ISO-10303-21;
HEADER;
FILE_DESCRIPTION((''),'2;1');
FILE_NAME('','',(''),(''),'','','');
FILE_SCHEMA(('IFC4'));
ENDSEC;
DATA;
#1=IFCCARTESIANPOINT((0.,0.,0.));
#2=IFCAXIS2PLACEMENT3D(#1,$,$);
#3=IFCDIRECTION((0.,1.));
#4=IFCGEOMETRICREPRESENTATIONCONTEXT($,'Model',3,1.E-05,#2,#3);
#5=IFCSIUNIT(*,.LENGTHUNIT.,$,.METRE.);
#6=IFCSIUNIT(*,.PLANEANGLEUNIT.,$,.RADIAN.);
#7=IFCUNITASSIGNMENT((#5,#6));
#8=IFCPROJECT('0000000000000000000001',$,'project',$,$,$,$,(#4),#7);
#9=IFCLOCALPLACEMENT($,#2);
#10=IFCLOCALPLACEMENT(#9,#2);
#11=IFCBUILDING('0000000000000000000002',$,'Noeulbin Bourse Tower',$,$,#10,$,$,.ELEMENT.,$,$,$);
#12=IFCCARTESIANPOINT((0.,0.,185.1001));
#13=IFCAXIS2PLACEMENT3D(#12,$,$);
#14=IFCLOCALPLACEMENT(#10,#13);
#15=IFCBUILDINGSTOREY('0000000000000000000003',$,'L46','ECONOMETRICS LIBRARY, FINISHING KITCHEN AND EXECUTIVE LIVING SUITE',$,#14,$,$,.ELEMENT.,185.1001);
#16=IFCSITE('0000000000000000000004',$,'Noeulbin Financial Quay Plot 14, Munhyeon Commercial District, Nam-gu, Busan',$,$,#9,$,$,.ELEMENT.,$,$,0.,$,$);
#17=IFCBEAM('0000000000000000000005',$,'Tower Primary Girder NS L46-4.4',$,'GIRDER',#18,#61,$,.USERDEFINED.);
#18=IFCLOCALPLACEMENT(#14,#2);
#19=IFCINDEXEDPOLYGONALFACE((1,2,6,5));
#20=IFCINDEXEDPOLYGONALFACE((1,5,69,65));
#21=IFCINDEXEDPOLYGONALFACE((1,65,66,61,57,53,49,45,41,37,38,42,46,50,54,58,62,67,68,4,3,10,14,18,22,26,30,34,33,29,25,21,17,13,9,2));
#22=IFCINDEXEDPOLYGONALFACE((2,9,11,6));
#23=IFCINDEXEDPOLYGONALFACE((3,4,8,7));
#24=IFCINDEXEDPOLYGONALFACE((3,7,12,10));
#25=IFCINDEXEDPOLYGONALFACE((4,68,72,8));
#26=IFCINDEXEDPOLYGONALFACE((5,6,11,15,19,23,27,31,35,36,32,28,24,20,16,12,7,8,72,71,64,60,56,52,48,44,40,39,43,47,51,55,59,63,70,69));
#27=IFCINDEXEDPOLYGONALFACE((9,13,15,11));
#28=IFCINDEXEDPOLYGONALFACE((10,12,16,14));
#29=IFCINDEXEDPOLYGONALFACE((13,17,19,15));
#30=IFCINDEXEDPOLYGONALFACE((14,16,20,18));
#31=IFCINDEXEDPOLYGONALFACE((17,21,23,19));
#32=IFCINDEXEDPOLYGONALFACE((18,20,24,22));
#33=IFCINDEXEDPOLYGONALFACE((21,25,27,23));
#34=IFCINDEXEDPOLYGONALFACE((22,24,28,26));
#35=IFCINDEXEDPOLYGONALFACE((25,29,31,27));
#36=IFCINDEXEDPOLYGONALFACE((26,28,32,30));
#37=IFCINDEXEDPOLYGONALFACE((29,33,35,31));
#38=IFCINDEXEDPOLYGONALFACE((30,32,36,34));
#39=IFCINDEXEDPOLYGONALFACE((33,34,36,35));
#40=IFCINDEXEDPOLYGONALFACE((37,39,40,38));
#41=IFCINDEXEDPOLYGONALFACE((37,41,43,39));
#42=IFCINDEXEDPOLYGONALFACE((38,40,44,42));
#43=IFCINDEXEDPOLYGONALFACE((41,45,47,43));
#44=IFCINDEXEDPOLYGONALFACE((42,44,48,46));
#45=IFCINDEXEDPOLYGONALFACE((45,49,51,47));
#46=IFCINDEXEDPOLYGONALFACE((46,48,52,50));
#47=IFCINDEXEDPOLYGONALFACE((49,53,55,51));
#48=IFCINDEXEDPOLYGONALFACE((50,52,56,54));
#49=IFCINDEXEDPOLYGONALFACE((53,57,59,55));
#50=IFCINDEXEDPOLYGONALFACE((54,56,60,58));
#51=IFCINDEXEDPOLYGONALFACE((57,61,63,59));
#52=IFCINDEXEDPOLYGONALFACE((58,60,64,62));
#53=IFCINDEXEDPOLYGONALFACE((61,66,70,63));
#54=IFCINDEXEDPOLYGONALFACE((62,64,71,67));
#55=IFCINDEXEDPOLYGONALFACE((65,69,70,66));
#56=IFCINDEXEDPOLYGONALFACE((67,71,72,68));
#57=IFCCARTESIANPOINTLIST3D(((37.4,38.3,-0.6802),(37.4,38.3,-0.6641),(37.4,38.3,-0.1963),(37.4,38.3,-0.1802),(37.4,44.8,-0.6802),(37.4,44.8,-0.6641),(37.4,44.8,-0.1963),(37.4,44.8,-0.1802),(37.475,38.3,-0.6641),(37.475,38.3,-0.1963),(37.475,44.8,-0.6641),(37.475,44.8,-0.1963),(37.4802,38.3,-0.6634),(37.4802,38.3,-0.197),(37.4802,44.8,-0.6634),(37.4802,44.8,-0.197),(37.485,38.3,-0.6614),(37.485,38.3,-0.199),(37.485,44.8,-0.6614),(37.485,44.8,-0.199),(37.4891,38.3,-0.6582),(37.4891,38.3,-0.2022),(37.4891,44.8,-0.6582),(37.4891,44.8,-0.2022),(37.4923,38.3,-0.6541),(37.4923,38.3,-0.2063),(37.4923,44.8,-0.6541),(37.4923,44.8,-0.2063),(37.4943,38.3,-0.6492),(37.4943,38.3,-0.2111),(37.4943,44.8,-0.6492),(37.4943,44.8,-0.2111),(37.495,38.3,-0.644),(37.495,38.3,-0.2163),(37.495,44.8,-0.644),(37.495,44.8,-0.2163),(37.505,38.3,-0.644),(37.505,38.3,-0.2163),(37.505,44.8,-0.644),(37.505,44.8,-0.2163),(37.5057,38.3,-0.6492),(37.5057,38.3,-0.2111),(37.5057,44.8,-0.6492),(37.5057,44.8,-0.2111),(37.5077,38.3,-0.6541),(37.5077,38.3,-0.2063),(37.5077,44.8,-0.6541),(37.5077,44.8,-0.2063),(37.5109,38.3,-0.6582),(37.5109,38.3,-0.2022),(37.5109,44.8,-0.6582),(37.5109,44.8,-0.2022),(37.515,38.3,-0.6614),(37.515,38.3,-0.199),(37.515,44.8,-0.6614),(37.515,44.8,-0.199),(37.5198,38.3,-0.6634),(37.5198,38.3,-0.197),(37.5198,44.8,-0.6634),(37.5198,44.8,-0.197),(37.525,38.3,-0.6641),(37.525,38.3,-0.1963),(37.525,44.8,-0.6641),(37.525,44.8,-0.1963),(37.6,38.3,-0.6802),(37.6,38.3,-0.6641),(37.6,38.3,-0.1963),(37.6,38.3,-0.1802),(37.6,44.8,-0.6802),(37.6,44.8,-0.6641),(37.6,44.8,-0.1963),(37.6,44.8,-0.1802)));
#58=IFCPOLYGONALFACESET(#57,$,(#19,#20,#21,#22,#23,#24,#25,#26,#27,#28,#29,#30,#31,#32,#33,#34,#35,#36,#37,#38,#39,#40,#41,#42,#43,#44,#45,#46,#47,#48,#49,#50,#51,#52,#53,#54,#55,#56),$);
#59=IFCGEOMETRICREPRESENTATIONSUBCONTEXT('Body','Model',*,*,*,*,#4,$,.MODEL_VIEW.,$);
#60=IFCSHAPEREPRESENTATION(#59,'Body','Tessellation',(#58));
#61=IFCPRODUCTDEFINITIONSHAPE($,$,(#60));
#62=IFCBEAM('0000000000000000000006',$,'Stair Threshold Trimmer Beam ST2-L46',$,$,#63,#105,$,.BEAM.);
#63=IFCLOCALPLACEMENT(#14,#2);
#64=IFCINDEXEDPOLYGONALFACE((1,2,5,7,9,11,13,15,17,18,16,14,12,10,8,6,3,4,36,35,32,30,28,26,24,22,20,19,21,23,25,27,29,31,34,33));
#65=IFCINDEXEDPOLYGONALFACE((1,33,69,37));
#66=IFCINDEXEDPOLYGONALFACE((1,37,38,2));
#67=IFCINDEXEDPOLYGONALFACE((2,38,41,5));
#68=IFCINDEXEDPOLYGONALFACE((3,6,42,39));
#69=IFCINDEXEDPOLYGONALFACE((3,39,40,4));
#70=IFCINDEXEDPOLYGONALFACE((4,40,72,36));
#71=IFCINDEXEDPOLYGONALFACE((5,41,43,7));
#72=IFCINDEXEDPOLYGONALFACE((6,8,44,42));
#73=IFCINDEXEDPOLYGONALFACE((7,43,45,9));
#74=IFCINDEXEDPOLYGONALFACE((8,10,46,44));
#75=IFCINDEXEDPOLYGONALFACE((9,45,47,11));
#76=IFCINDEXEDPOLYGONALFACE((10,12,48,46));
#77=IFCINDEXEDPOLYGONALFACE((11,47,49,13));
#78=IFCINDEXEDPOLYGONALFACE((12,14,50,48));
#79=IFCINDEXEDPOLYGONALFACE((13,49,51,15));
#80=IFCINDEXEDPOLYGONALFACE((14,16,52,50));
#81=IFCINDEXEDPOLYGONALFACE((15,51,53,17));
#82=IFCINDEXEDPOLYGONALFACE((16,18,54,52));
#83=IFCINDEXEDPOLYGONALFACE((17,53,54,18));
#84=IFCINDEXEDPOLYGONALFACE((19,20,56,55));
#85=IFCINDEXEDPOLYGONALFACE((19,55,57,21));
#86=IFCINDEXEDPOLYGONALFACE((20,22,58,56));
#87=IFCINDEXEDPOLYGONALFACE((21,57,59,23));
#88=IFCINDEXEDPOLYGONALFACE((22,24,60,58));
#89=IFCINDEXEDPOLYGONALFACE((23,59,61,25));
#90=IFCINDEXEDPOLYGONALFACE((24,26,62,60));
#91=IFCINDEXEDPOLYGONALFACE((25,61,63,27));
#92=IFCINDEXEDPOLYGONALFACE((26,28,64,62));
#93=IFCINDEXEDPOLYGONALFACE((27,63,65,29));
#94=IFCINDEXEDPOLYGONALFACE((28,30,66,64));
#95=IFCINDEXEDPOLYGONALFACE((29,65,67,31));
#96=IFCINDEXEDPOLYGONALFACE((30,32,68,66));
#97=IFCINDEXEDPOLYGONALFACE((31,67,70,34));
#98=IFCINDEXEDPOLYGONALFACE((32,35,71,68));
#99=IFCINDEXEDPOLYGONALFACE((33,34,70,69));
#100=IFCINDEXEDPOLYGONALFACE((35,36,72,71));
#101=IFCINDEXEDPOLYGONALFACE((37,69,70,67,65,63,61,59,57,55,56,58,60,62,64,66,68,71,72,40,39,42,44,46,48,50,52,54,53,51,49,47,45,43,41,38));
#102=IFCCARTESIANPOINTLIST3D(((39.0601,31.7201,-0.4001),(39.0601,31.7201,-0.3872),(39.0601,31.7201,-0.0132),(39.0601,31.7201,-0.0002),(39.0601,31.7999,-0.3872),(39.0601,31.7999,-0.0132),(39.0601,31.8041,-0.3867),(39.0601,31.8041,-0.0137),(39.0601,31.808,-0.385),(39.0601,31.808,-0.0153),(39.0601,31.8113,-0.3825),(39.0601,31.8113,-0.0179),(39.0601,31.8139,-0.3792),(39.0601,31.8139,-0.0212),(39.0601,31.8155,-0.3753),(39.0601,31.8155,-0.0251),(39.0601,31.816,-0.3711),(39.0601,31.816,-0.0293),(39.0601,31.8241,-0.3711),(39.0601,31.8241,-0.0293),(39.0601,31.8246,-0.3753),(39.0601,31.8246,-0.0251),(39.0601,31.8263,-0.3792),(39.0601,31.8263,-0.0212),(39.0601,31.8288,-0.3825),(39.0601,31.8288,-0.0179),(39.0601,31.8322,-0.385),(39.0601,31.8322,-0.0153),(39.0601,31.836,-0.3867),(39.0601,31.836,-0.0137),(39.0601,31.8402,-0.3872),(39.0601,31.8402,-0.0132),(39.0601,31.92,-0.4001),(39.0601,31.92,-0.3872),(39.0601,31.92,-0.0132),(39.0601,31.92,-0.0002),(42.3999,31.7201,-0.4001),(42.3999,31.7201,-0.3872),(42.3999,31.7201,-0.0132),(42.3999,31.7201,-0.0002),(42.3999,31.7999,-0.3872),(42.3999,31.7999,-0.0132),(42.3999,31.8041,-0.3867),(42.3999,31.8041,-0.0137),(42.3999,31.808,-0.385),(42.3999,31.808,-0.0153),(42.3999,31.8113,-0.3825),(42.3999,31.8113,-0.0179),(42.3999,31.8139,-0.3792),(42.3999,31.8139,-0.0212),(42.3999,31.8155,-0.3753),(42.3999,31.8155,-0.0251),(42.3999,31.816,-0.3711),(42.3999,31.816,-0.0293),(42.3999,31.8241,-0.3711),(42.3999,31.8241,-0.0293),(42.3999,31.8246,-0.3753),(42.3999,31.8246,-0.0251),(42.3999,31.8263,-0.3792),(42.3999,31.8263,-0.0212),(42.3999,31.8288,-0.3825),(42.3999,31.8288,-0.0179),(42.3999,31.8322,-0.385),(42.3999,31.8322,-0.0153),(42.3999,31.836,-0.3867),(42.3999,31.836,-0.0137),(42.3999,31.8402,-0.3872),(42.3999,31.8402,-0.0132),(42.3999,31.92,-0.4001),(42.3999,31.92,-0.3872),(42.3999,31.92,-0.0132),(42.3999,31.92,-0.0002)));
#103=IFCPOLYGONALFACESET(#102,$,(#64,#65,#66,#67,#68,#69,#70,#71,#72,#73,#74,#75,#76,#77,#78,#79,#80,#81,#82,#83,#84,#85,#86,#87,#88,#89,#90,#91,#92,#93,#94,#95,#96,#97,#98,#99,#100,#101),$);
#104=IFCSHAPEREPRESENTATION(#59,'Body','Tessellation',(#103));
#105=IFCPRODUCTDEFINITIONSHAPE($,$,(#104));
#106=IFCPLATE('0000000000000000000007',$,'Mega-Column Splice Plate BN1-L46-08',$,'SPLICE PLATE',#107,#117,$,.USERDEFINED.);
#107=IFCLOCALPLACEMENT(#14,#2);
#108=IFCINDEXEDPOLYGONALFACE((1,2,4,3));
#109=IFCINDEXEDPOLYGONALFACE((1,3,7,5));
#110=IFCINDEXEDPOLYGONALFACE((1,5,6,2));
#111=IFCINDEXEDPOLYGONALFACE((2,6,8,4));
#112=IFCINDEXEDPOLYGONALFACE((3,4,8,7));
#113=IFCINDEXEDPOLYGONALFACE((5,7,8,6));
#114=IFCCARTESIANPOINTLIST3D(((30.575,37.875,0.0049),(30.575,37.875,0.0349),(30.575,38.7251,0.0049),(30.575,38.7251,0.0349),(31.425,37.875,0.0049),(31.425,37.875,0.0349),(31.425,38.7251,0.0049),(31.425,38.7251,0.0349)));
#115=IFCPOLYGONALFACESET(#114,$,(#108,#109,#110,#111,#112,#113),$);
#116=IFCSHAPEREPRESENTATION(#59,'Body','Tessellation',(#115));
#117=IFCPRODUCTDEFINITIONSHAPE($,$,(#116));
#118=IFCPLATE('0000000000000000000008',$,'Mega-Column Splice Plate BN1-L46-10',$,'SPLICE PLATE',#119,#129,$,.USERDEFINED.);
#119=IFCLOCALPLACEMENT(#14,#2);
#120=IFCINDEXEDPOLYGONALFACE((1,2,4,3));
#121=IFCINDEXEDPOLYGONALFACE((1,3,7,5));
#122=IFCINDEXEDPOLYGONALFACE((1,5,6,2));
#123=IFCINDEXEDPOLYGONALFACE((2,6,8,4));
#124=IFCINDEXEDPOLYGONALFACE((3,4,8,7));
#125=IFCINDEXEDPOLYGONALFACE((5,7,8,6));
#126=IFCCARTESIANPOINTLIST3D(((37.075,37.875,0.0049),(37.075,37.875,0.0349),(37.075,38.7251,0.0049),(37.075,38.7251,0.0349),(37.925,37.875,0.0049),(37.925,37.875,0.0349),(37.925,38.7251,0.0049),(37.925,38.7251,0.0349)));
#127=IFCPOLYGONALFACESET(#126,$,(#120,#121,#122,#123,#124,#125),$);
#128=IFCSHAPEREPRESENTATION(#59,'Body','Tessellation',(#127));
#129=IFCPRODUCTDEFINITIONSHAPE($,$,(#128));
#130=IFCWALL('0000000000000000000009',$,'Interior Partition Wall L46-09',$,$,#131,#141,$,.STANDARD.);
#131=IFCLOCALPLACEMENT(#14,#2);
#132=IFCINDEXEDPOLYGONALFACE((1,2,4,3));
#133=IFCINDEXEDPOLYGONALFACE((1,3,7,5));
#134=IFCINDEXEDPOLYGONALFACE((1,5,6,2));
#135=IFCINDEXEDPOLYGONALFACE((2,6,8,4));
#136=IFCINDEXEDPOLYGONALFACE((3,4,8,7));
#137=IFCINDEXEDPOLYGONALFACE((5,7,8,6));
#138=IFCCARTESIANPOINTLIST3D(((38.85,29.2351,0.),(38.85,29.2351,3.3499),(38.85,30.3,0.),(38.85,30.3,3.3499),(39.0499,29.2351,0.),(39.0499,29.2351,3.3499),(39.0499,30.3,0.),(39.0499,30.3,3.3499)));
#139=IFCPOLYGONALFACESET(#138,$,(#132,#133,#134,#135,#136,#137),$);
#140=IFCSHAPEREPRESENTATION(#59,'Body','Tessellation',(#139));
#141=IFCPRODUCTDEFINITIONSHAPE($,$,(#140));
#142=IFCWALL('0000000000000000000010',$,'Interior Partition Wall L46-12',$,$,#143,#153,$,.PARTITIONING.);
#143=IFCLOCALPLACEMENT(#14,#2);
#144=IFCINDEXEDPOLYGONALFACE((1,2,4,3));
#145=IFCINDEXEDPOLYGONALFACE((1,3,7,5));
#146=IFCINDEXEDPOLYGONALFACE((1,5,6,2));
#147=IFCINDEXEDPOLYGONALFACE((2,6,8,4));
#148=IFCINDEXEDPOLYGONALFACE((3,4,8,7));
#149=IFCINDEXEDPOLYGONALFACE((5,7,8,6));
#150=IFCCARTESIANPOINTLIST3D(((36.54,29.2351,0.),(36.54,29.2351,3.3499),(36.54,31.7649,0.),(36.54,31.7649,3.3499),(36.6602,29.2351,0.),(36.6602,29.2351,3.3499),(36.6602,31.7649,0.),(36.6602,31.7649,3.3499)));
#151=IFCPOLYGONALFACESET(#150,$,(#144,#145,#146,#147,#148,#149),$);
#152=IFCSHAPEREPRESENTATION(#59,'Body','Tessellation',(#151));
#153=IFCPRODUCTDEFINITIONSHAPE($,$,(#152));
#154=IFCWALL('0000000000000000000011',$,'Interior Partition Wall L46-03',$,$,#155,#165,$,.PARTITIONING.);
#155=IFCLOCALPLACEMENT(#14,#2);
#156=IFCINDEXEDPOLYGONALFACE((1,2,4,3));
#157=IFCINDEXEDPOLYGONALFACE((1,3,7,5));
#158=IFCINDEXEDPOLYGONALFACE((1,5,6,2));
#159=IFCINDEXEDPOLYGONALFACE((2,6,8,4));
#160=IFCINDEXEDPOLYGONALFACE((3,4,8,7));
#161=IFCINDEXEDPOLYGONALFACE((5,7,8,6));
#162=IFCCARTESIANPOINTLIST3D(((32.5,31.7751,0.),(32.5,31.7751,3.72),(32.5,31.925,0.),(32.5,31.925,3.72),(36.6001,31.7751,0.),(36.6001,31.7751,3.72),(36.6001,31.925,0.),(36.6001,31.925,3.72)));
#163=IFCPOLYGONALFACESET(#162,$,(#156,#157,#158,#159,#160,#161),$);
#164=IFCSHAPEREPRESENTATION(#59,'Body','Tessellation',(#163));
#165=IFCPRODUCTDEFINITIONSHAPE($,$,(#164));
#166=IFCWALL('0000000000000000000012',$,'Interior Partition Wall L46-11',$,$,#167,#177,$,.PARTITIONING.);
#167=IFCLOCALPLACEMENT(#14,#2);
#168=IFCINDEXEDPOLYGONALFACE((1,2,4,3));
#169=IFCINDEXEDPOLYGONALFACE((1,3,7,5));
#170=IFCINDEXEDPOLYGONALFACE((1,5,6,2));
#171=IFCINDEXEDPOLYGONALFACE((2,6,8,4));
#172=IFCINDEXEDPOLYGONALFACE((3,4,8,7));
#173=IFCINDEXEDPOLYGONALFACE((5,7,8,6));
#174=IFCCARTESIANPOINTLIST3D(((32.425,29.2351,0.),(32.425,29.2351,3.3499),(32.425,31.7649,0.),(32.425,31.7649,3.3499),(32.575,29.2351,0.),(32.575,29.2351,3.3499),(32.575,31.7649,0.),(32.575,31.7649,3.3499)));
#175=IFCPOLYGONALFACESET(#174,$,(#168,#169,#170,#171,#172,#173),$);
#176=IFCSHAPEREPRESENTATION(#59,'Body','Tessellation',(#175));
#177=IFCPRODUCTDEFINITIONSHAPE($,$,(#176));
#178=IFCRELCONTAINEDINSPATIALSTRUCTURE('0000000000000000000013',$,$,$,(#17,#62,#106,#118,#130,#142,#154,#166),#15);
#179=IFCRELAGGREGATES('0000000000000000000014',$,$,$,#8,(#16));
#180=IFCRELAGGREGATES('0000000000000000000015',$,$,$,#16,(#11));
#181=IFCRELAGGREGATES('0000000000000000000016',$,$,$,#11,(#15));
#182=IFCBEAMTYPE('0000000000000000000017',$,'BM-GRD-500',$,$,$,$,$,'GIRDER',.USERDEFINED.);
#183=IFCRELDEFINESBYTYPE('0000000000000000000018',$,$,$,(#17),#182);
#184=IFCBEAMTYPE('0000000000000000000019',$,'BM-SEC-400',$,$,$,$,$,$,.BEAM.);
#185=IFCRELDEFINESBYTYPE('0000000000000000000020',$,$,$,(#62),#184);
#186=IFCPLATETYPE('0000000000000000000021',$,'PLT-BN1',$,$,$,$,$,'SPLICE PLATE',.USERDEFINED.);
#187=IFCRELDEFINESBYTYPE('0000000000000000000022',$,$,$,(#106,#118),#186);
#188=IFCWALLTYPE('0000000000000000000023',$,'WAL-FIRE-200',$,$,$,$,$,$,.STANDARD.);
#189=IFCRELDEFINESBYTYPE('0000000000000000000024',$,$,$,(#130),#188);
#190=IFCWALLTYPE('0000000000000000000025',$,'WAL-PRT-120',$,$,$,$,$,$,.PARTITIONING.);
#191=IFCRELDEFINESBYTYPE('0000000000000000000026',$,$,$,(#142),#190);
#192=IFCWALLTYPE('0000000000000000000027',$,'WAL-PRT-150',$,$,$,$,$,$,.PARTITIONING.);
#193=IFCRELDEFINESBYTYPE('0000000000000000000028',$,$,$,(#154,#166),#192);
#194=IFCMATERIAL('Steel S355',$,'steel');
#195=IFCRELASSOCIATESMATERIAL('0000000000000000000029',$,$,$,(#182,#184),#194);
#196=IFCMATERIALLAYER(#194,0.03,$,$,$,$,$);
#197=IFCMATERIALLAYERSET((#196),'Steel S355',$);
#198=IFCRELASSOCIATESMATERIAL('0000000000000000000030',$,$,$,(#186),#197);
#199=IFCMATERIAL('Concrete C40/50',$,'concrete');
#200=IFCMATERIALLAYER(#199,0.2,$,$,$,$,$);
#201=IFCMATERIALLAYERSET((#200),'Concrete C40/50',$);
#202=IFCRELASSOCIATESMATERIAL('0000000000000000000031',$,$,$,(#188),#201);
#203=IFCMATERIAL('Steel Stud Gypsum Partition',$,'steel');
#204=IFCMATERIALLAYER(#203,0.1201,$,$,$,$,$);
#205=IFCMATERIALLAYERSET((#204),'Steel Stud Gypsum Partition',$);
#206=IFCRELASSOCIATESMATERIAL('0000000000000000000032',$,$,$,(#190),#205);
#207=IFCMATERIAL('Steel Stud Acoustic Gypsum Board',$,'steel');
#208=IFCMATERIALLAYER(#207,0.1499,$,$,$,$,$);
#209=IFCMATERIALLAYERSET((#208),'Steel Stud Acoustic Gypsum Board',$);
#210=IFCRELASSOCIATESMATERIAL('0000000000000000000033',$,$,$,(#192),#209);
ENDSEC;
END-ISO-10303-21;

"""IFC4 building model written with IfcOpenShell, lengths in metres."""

from ifc_helpers import new_model, si_unit, direction, frame, frame_2d, origin, origin_2d, place, context, subcontext, project, spatial, rectangle, i_section, extrude, material, layer, layer_set, material_profile, profile_set, type_object, element, save


model = new_model("IFC4")

# Units and contexts
model_context = context("Model", 3, precision=1e-05, world=origin(), true_north=direction((0.0, 1.0)))
body_context = subcontext(model_context, "Body", "Model", "MODEL_VIEW")
ifc_project = project(units=[si_unit("LENGTHUNIT", "METRE"), si_unit("PLANEANGLEUNIT", "RADIAN")], contexts=[model_context])

# Site, building, storey
site_placement = place(None, origin())
site = spatial("IfcSite", under=ifc_project, at=site_placement, Name="Noeulbin Financial Quay Plot 14, Munhyeon Commercial District, Nam-gu, Busan", CompositionType="ELEMENT", RefElevation=0.0)
building_placement = place(site_placement, origin())
building = spatial("IfcBuilding", under=site, at=building_placement, Name="Noeulbin Bourse Tower", CompositionType="ELEMENT")
storey_placement = place(building_placement, frame((0.0, 0.0, 185.1001)))
storey = spatial("IfcBuildingStorey", under=building, at=storey_placement, Name="L46", Description="ECONOMETRICS LIBRARY, FINISHING KITCHEN AND EXECUTIVE LIVING SUITE", CompositionType="ELEMENT", Elevation=185.1001)

# Beams
ifc_material_1 = material(Name="Steel S355", Category="steel")
ifc_material_profile_1 = material_profile(ifc_material_1, i_section(OverallWidth=0.2, OverallDepth=0.5, WebThickness=0.01, FlangeThickness=0.0161, FilletRadius=0.02, at=origin_2d()), Name="H-500x200x10x16", Category="LoadBearing")
ifc_profile_set_1 = profile_set([ifc_material_profile_1], Name="Steel S355")
beam_type_1 = type_object("IfcBeamType", Name="BM-GRD-500", ElementType="GIRDER", PredefinedType="USERDEFINED", material=ifc_profile_set_1)
for number, where, z_axis, x_axis, name in (
    (1, (37.5, 38.3, -0.4302), (0.0, 1.0, 0.0), (-1.0, 0.0, 0.0), "Tower Primary Girder NS L46-4.4"),
):
    element("IfcBeam", number, at=place(storey_placement, frame(where, z_axis=z_axis, x_axis=x_axis)), inside=storey, type_object=beam_type_1, Name=name, ObjectType="GIRDER", PredefinedType="USERDEFINED", context=body_context, shape_type="SweptSolid", body=[
        extrude(i_section(OverallWidth=0.2, OverallDepth=0.5, WebThickness=0.01, FlangeThickness=0.0161, FilletRadius=0.02, at=origin_2d()), origin(), (0.0, 0.0, 1.0), 6.5),
    ])
ifc_material_profile_2 = material_profile(ifc_material_1, i_section(OverallWidth=0.2, OverallDepth=0.3999, WebThickness=0.0081, FlangeThickness=0.0129, FilletRadius=0.0161, at=origin_2d()), Name="H-400x200x8x13", Category="LoadBearing")
ifc_profile_set_2 = profile_set([ifc_material_profile_2], Name="Steel S355")
beam_type_2 = type_object("IfcBeamType", Name="BM-SEC-400", PredefinedType="BEAM", material=ifc_profile_set_2)
beam_placement = place(storey_placement, frame((39.0601, 31.8201, -0.2002), z_axis=(1.0, 0.0, 0.0), x_axis=(0.0, 1.0, 0.0)))
element("IfcBeam", 2, at=beam_placement, inside=storey, type_object=beam_type_2, Name="Stair Threshold Trimmer Beam ST2-L46", PredefinedType="BEAM", context=body_context, shape_type="SweptSolid", body=[
    extrude(i_section(OverallWidth=0.2, OverallDepth=0.3999, WebThickness=0.0081, FlangeThickness=0.0129, FilletRadius=0.0161, at=origin_2d()), origin(), (0.0, 0.0, 1.0), 3.3398),
])

# Plates
ifc_layer_1 = layer(ifc_material_1, 0.03)
ifc_layer_set_1 = layer_set([ifc_layer_1], Name="Steel S355")
plate_type = type_object("IfcPlateType", Name="PLT-BN1", ElementType="SPLICE PLATE", PredefinedType="USERDEFINED", material=ifc_layer_set_1)
for number, where, z_axis, x_axis, name in (
    (3, (31.0, 38.3, 0.0049), (0.0, 0.0, 1.0), (1.0, 0.0, 0.0), "Mega-Column Splice Plate BN1-L46-08"),
    (4, (37.5, 38.3, 0.0049), (0.0, 0.0, 1.0), (1.0, 0.0, 0.0), "Mega-Column Splice Plate BN1-L46-10"),
):
    element("IfcPlate", number, at=place(storey_placement, frame(where, z_axis=z_axis, x_axis=x_axis)), inside=storey, type_object=plate_type, Name=name, ObjectType="SPLICE PLATE", PredefinedType="USERDEFINED", context=body_context, shape_type="SweptSolid", body=[
        extrude(rectangle(XDim=0.8501, YDim=0.8501, at=origin_2d()), origin(), (0.0, 0.0, 1.0), 0.03),
    ])

# Walls
ifc_material_2 = material(Name="Concrete C40/50", Category="concrete")
ifc_layer_2 = layer(ifc_material_2, 0.2)
ifc_layer_set_2 = layer_set([ifc_layer_2], Name="Concrete C40/50")
wall_type_1 = type_object("IfcWallType", Name="WAL-FIRE-200", PredefinedType="STANDARD", material=ifc_layer_set_2)
wall_1_placement = place(storey_placement, frame((38.95, 29.2351, 0.0), z_axis=(0.0, 0.0, 1.0), x_axis=(0.0, 1.0, 0.0)))
element("IfcWall", 5, at=wall_1_placement, inside=storey, type_object=wall_type_1, Name="Interior Partition Wall L46-09", PredefinedType="STANDARD", context=body_context, shape_type="SweptSolid", body=[
    extrude(rectangle(XDim=1.0649, YDim=0.2, at=frame_2d((0.5325, 0.0))), origin(), (0.0, 0.0, 1.0), 3.3499),
])
ifc_material_3 = material(Name="Steel Stud Gypsum Partition", Category="steel")
ifc_layer_3 = layer(ifc_material_3, 0.1201)
ifc_layer_set_3 = layer_set([ifc_layer_3], Name="Steel Stud Gypsum Partition")
wall_type_2 = type_object("IfcWallType", Name="WAL-PRT-120", PredefinedType="PARTITIONING", material=ifc_layer_set_3)
wall_2_placement = place(storey_placement, frame((36.6001, 29.2351, 0.0), z_axis=(0.0, 0.0, 1.0), x_axis=(0.0, 1.0, 0.0)))
element("IfcWall", 6, at=wall_2_placement, inside=storey, type_object=wall_type_2, Name="Interior Partition Wall L46-12", PredefinedType="PARTITIONING", context=body_context, shape_type="SweptSolid", body=[
    extrude(rectangle(XDim=2.5298, YDim=0.1201, at=frame_2d((1.2649, 0.0))), origin(), (0.0, 0.0, 1.0), 3.3499),
])
ifc_material_4 = material(Name="Steel Stud Acoustic Gypsum Board", Category="steel")
ifc_layer_4 = layer(ifc_material_4, 0.1499)
ifc_layer_set_4 = layer_set([ifc_layer_4], Name="Steel Stud Acoustic Gypsum Board")
wall_type_3 = type_object("IfcWallType", Name="WAL-PRT-150", PredefinedType="PARTITIONING", material=ifc_layer_set_4)
wall_3_placement = place(storey_placement, frame((32.5, 31.8501, 0.0), z_axis=(0.0, 0.0, 1.0), x_axis=(1.0, 0.0, 0.0)))
element("IfcWall", 7, at=wall_3_placement, inside=storey, type_object=wall_type_3, Name="Interior Partition Wall L46-03", PredefinedType="PARTITIONING", context=body_context, shape_type="SweptSolid", body=[
    extrude(rectangle(XDim=4.1001, YDim=0.1499, at=frame_2d((2.05, 0.0))), origin(), (0.0, 0.0, 1.0), 3.72),
])
wall_4_placement = place(storey_placement, frame((32.5, 29.2351, 0.0), z_axis=(0.0, 0.0, 1.0), x_axis=(0.0, 1.0, 0.0)))
element("IfcWall", 8, at=wall_4_placement, inside=storey, type_object=wall_type_3, Name="Interior Partition Wall L46-11", PredefinedType="PARTITIONING", context=body_context, shape_type="SweptSolid", body=[
    extrude(rectangle(XDim=2.5298, YDim=0.1499, at=frame_2d((1.2649, 0.0))), origin(), (0.0, 0.0, 1.0), 3.3499),
])

save(model, "model.ifc")
